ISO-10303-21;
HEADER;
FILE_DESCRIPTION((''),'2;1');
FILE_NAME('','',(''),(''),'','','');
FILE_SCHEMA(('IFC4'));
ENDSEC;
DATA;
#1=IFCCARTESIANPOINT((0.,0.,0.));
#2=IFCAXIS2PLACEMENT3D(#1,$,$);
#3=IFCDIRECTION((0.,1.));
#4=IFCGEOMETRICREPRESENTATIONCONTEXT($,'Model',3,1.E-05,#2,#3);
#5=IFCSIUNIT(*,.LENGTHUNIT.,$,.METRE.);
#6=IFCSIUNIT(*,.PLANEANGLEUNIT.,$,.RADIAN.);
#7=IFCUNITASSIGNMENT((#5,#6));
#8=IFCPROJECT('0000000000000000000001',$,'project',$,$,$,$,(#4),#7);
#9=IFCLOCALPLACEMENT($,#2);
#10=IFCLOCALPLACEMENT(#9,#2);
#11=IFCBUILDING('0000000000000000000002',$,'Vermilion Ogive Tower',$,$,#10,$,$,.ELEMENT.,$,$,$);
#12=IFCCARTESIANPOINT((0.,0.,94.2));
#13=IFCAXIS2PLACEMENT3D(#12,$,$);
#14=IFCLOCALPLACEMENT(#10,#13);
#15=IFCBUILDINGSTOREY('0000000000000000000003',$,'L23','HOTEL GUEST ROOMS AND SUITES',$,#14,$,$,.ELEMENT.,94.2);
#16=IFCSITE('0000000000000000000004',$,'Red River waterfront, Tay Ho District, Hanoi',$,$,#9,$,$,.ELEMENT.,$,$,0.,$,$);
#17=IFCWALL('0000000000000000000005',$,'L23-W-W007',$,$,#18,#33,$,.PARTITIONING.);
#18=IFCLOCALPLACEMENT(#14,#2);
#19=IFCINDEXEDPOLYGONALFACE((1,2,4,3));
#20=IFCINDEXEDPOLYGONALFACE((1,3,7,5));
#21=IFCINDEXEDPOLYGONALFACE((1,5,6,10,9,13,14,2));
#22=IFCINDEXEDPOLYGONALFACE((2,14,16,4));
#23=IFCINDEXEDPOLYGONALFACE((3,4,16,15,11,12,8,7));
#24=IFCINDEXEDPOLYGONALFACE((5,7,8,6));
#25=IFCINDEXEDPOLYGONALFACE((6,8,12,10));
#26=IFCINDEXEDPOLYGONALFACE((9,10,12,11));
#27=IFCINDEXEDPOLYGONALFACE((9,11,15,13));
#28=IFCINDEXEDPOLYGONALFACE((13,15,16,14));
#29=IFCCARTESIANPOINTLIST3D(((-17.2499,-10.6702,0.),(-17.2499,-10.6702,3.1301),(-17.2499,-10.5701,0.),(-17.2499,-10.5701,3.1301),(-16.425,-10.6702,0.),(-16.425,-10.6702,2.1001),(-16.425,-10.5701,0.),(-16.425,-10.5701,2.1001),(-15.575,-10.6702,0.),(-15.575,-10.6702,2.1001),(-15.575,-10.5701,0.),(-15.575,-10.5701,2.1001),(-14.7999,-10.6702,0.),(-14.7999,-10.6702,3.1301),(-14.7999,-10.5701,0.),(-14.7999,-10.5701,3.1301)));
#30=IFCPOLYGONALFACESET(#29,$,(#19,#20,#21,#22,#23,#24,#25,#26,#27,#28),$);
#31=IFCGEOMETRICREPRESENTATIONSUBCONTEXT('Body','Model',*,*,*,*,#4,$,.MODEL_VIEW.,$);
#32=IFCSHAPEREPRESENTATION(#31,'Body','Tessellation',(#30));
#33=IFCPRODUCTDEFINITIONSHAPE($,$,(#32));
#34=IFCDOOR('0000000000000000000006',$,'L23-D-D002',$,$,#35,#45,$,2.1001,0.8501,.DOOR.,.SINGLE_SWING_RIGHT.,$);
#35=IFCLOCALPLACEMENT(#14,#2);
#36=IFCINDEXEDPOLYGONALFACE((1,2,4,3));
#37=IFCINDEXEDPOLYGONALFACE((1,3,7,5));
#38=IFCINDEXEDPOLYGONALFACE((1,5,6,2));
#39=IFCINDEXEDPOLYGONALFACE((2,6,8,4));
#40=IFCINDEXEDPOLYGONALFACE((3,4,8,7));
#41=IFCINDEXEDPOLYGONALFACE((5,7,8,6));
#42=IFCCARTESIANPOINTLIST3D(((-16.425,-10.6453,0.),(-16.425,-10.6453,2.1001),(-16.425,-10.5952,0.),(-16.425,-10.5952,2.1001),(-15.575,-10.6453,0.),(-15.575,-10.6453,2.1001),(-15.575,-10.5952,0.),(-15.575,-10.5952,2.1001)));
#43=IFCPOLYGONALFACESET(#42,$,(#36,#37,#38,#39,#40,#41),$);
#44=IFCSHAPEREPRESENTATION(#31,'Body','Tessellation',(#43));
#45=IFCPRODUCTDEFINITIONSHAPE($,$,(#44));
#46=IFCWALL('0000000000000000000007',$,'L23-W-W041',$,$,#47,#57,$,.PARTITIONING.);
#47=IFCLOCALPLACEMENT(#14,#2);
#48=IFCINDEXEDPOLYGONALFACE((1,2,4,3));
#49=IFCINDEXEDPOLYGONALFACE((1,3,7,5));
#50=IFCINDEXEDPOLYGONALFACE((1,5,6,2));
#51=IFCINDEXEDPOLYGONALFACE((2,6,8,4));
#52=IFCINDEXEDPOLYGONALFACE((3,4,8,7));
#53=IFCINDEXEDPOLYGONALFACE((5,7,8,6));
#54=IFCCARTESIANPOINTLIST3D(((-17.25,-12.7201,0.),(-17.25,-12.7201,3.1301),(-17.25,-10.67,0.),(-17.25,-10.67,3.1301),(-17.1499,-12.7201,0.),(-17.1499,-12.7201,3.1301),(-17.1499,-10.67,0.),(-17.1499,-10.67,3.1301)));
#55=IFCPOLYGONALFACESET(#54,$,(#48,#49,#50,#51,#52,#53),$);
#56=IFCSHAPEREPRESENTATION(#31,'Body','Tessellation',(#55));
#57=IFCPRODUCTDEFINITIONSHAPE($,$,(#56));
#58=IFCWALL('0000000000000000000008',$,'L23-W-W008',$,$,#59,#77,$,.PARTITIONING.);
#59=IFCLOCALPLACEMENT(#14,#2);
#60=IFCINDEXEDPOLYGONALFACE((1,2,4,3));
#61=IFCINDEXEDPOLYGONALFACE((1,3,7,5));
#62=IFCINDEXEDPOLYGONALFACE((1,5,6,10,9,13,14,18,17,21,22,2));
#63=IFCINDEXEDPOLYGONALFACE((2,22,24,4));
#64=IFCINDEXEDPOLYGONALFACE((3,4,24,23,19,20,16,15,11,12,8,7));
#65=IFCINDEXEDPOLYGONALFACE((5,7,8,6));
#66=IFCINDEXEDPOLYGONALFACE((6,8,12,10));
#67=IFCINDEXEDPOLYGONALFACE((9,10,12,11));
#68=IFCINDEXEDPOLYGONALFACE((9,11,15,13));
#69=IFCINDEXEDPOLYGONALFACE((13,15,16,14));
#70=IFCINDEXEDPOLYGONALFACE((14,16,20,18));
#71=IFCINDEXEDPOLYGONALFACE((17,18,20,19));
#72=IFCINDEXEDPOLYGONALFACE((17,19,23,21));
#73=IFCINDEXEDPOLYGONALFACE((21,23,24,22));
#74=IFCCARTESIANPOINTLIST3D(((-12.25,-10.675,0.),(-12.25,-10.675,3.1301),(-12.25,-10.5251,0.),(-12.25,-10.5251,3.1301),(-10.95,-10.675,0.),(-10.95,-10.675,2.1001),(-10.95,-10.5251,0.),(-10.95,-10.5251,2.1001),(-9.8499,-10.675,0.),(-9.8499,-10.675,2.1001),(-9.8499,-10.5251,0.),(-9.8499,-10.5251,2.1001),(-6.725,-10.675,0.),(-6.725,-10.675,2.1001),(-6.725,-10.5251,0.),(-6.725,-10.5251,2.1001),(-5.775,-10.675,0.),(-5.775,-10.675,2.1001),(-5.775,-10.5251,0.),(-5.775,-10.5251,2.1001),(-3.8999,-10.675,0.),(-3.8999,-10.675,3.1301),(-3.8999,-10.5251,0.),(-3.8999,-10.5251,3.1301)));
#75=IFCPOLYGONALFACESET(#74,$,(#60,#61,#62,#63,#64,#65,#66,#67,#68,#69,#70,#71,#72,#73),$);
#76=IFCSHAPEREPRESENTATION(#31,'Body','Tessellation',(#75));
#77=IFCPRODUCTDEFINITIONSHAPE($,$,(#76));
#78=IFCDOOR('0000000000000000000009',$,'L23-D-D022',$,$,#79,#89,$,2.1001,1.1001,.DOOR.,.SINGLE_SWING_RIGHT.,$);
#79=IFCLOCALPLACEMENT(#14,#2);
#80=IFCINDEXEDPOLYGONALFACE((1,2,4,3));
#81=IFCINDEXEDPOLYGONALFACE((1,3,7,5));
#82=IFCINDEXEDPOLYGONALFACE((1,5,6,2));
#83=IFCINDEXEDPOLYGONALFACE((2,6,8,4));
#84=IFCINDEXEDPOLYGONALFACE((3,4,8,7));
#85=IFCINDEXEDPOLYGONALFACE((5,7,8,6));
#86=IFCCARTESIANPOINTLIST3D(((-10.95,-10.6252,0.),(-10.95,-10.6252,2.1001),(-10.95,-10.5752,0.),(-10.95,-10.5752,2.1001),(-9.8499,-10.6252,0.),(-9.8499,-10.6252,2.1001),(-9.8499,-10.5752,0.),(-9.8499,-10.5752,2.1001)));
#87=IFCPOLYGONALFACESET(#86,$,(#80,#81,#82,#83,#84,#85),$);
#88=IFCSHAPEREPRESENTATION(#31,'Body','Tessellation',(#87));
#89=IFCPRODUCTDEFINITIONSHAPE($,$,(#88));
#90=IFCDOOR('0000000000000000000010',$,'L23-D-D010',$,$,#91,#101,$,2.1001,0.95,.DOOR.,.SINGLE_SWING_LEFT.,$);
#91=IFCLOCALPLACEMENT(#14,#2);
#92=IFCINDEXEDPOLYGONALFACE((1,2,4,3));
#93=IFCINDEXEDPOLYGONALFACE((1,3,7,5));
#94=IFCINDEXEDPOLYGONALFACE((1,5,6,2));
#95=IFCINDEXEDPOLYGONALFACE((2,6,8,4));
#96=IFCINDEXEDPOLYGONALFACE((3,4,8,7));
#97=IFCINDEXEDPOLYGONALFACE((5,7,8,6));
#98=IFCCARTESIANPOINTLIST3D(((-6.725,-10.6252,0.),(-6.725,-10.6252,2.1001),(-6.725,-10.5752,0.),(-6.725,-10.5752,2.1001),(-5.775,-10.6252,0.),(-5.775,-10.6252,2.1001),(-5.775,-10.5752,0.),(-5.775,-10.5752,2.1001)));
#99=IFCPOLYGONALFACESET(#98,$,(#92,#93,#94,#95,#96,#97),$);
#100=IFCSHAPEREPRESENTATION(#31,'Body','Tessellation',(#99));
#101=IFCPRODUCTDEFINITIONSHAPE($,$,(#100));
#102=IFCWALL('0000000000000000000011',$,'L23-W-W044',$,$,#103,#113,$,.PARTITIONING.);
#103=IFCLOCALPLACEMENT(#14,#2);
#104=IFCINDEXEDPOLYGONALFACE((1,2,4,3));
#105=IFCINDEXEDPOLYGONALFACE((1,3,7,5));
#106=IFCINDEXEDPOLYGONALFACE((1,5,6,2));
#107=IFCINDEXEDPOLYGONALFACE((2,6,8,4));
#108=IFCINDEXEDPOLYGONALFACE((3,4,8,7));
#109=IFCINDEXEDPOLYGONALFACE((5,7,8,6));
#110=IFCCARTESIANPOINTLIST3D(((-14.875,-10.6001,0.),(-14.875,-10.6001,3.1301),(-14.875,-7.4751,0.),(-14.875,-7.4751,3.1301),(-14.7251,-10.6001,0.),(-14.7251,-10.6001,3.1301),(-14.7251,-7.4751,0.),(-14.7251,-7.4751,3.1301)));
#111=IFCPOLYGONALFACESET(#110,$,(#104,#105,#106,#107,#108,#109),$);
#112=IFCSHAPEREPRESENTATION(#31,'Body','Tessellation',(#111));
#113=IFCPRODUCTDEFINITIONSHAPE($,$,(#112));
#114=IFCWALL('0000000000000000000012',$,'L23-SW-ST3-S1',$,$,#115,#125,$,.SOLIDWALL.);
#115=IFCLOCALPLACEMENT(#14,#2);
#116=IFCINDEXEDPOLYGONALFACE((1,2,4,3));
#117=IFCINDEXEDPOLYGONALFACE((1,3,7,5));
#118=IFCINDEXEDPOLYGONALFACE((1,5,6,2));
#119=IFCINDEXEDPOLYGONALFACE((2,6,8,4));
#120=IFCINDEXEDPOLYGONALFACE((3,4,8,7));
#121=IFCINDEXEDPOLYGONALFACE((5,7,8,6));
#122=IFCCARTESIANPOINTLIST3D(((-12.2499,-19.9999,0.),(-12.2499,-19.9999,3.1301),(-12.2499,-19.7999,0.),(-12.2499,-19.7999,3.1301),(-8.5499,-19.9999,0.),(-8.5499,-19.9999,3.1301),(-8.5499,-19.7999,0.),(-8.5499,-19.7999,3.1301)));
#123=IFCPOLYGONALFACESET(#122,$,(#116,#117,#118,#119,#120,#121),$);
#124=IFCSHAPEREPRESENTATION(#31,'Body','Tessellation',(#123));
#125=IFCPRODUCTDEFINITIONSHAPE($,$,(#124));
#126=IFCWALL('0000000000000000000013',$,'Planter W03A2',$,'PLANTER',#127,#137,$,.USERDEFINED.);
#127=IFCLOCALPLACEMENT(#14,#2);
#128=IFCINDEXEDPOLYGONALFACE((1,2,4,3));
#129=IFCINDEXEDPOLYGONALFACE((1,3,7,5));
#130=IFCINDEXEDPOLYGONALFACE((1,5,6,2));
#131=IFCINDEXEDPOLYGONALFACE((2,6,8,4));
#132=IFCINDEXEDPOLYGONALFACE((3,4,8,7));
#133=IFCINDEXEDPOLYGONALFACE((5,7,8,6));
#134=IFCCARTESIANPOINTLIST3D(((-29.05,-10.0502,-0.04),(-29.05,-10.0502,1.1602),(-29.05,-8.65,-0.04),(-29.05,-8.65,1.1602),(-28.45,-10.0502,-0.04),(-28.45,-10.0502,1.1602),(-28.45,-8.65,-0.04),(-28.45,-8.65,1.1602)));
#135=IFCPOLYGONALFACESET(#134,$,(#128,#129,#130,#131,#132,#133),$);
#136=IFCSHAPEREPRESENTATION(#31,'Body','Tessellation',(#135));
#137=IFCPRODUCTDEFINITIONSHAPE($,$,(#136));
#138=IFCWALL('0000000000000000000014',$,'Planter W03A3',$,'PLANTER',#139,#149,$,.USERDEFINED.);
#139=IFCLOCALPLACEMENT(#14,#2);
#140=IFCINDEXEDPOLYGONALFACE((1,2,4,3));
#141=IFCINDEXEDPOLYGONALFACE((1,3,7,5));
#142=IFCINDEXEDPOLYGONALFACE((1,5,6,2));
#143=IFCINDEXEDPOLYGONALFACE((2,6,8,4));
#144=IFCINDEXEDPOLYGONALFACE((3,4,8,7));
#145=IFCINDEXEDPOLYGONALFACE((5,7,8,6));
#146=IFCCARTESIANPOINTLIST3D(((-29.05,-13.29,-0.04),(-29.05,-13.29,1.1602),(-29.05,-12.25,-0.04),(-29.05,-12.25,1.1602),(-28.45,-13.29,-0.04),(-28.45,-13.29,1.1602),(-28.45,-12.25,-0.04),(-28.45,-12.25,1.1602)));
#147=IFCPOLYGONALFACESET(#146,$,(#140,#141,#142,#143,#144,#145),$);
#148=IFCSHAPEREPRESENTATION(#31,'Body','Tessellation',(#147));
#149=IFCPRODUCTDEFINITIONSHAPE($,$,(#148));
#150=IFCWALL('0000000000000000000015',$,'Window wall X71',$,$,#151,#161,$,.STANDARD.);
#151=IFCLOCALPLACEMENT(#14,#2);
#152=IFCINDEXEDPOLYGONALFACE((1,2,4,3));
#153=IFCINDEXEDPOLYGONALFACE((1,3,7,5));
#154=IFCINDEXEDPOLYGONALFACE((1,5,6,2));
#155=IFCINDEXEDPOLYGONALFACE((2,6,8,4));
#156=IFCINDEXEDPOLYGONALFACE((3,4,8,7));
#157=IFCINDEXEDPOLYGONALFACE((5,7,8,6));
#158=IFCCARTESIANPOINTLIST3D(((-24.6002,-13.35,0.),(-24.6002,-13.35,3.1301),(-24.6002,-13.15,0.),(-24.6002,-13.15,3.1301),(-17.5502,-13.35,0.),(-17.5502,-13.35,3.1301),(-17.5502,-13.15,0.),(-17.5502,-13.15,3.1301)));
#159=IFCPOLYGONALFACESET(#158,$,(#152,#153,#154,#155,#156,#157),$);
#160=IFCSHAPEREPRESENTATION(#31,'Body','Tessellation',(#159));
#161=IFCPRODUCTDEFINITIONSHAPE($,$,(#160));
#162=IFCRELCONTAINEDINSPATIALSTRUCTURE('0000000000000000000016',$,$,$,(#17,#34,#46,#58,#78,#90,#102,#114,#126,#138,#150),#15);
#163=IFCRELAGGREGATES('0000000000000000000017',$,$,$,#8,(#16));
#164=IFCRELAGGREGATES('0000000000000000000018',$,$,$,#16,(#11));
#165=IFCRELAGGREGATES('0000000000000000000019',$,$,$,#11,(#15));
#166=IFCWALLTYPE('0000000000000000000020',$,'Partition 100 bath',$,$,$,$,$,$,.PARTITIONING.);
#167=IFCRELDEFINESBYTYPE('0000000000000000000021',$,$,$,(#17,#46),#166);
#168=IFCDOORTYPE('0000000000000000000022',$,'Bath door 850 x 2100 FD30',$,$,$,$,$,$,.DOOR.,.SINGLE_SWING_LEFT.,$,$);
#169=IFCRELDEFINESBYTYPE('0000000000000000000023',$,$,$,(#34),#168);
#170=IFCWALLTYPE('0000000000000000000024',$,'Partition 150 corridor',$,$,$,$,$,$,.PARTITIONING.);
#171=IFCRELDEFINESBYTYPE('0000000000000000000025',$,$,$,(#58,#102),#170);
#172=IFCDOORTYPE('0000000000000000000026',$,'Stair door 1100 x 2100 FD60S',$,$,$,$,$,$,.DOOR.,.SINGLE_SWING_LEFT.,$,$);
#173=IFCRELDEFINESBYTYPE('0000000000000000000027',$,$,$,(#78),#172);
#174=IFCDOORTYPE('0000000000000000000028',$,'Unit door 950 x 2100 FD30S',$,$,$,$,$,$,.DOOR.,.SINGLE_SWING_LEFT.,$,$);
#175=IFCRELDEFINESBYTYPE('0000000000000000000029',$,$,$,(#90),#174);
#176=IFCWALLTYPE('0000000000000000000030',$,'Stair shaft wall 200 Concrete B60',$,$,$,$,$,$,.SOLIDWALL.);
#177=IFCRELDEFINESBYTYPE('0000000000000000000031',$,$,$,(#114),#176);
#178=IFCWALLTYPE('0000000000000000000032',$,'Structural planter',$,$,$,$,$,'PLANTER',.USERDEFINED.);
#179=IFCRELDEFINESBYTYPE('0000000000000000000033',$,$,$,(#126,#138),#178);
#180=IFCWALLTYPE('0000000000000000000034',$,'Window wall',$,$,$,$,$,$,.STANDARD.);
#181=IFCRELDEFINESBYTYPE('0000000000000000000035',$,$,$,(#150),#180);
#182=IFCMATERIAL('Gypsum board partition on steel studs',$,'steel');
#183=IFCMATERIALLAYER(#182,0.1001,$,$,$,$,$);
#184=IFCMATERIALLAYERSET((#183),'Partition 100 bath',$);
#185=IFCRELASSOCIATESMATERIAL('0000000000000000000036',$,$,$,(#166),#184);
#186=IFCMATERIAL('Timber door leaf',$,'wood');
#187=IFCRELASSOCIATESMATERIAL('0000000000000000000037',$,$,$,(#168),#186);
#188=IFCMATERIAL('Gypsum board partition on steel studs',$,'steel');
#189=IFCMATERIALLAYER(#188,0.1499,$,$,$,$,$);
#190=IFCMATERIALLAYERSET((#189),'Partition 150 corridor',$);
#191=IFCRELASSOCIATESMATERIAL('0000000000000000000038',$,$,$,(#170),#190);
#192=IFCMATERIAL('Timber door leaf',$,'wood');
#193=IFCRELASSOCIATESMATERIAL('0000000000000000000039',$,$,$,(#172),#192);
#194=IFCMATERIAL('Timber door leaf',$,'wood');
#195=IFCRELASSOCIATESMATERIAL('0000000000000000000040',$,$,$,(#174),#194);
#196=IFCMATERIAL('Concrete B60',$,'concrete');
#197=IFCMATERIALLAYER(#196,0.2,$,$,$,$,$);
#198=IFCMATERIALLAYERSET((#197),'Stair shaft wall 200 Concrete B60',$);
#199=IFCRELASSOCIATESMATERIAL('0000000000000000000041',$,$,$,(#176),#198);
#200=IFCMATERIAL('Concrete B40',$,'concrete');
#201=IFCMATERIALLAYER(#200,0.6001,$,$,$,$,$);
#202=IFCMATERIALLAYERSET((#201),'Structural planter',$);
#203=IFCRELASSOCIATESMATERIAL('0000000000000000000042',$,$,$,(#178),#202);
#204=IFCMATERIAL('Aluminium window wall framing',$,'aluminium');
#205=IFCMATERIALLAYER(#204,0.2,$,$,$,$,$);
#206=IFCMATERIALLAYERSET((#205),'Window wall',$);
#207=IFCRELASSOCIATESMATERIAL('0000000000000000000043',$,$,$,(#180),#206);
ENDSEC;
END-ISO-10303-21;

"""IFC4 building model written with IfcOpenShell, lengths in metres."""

from ifc_helpers import new_model, si_unit, direction, frame, frame_2d, origin, place, context, subcontext, project, spatial, rectangle, extrude, material, layer, layer_set, type_object, element, fill, save


model = new_model("IFC4")

# Units and contexts
model_context = context("Model", 3, precision=1e-05, world=origin(), true_north=direction((0.0, 1.0)))
body_context = subcontext(model_context, "Body", "Model", "MODEL_VIEW")
ifc_project = project(units=[si_unit("LENGTHUNIT", "METRE"), si_unit("PLANEANGLEUNIT", "RADIAN")], contexts=[model_context])

# Site, building, storey
site_placement = place(None, origin())
site = spatial("IfcSite", under=ifc_project, at=site_placement, Name="Red River waterfront, Tay Ho District, Hanoi", CompositionType="ELEMENT", RefElevation=0.0)
building_placement = place(site_placement, origin())
building = spatial("IfcBuilding", under=site, at=building_placement, Name="Vermilion Ogive Tower", CompositionType="ELEMENT")
storey_placement = place(building_placement, frame((0.0, 0.0, 94.2)))
storey = spatial("IfcBuildingStorey", under=building, at=storey_placement, Name="L23", Description="HOTEL GUEST ROOMS AND SUITES", CompositionType="ELEMENT", Elevation=94.2)

# Wall, opening, door
ifc_material_1 = material(Name="Gypsum board partition on steel studs", Category="steel")
ifc_layer_1 = layer(ifc_material_1, 0.1001)
ifc_layer_set_1 = layer_set([ifc_layer_1], Name="Partition 100 bath")
wall_type_1 = type_object("IfcWallType", Name="Partition 100 bath", PredefinedType="PARTITIONING", material=ifc_layer_set_1)
wall_1_placement = place(storey_placement, frame((-17.25, -10.6201, 0.0), z_axis=(0.0, 0.0, 1.0), x_axis=(1.0, 0.0, 0.0)))
wall_1 = element("IfcWall", 1, at=wall_1_placement, inside=storey, type_object=wall_type_1, Name="L23-W-W007", PredefinedType="PARTITIONING", context=body_context, shape_type="SweptSolid", body=[
    extrude(rectangle(XDim=2.45, YDim=0.1001, at=frame_2d((1.2251, 0.0))), origin(), (0.0, 0.0, 1.0), 3.1301),
])
opening_1_placement = place(wall_1_placement, frame((0.825, 0.0, 0.0)))
opening_1 = element("IfcOpeningElement", 2, at=opening_1_placement, cuts=wall_1, PredefinedType="OPENING", context=body_context, shape_type="SweptSolid", body=[
    extrude(rectangle(XDim=0.8501, YDim=2.1001, at=frame_2d((0.425, 1.05))), frame((0.0, 0.0601, 0.0), z_axis=(0.0, -1.0, 0.0), x_axis=(1.0, 0.0, 0.0)), (0.0, 0.0, 1.0), 0.1201),
])
ifc_material_2 = material(Name="Timber door leaf", Category="wood")
door_type_1 = type_object("IfcDoorType", Name="Bath door 850 x 2100 FD30", OperationType="SINGLE_SWING_LEFT", PredefinedType="DOOR", material=ifc_material_2)
door_1_placement = place(opening_1_placement, origin())
door_1 = element("IfcDoor", 3, at=door_1_placement, inside=storey, type_object=door_type_1, Name="L23-D-D002", OperationType="SINGLE_SWING_RIGHT", OverallHeight=2.1001, OverallWidth=0.8501, PredefinedType="DOOR", context=body_context, shape_type="SweptSolid", body=[
    extrude(rectangle(XDim=0.8501, YDim=2.1001, at=frame_2d((0.425, 1.05))), frame((0.0, 0.0249, 0.0), z_axis=(0.0, -1.0, 0.0), x_axis=(1.0, 0.0, 0.0)), (0.0, 0.0, 1.0), 0.05),
])
fill(opening_1, door_1)

# Wall
wall_2_placement = place(storey_placement, frame((-17.2, -12.72, 0.0), z_axis=(0.0, 0.0, 1.0), x_axis=(0.0, 1.0, 0.0)))
element("IfcWall", 4, at=wall_2_placement, inside=storey, type_object=wall_type_1, Name="L23-W-W041", PredefinedType="PARTITIONING", context=body_context, shape_type="SweptSolid", body=[
    extrude(rectangle(XDim=2.05, YDim=0.1001, at=frame_2d((1.0249, 0.0))), origin(), (0.0, 0.0, 1.0), 3.1301),
])

# Wall, openings, doors
ifc_material_3 = material(Name="Gypsum board partition on steel studs", Category="steel")
ifc_layer_2 = layer(ifc_material_3, 0.1499)
ifc_layer_set_2 = layer_set([ifc_layer_2], Name="Partition 150 corridor")
wall_type_2 = type_object("IfcWallType", Name="Partition 150 corridor", PredefinedType="PARTITIONING", material=ifc_layer_set_2)
wall_3_placement = place(storey_placement, frame((-12.25, -10.6001, 0.0), z_axis=(0.0, 0.0, 1.0), x_axis=(1.0, 0.0, 0.0)))
wall_3 = element("IfcWall", 5, at=wall_3_placement, inside=storey, type_object=wall_type_2, Name="L23-W-W008", PredefinedType="PARTITIONING", context=body_context, shape_type="SweptSolid", body=[
    extrude(rectangle(XDim=8.3501, YDim=0.1499, at=frame_2d((4.175, 0.0))), origin(), (0.0, 0.0, 1.0), 3.1301),
])
opening_2_placement = place(wall_3_placement, frame((5.5249, 0.0, 0.0)))
opening_2 = element("IfcOpeningElement", 6, at=opening_2_placement, cuts=wall_3, PredefinedType="OPENING", context=body_context, shape_type="SweptSolid", body=[
    extrude(rectangle(XDim=0.95, YDim=2.1001, at=frame_2d((0.4751, 1.05))), frame((0.0, 0.085, 0.0), z_axis=(0.0, -1.0, 0.0), x_axis=(1.0, 0.0, 0.0)), (0.0, 0.0, 1.0), 0.1699),
])
opening_3_placement = place(wall_3_placement, frame((1.3, 0.0, 0.0)))
opening_3 = element("IfcOpeningElement", 7, at=opening_3_placement, cuts=wall_3, PredefinedType="OPENING", context=body_context, shape_type="SweptSolid", body=[
    extrude(rectangle(XDim=1.1001, YDim=2.1001, at=frame_2d((0.55, 1.05))), frame((0.0, 0.085, 0.0), z_axis=(0.0, -1.0, 0.0), x_axis=(1.0, 0.0, 0.0)), (0.0, 0.0, 1.0), 0.1699),
])
ifc_material_4 = material(Name="Timber door leaf", Category="wood")
door_type_2 = type_object("IfcDoorType", Name="Stair door 1100 x 2100 FD60S", OperationType="SINGLE_SWING_LEFT", PredefinedType="DOOR", material=ifc_material_4)
door_2_placement = place(opening_3_placement, origin())
door_2 = element("IfcDoor", 8, at=door_2_placement, inside=storey, type_object=door_type_2, Name="L23-D-D022", OperationType="SINGLE_SWING_RIGHT", OverallHeight=2.1001, OverallWidth=1.1001, PredefinedType="DOOR", context=body_context, shape_type="SweptSolid", body=[
    extrude(rectangle(XDim=1.1001, YDim=2.1001, at=frame_2d((0.55, 1.05))), frame((0.0, 0.0249, 0.0), z_axis=(0.0, -1.0, 0.0), x_axis=(1.0, 0.0, 0.0)), (0.0, 0.0, 1.0), 0.05),
])
fill(opening_3, door_2)
ifc_material_5 = material(Name="Timber door leaf", Category="wood")
door_type_3 = type_object("IfcDoorType", Name="Unit door 950 x 2100 FD30S", OperationType="SINGLE_SWING_LEFT", PredefinedType="DOOR", material=ifc_material_5)
door_3_placement = place(opening_2_placement, origin())
door_3 = element("IfcDoor", 9, at=door_3_placement, inside=storey, type_object=door_type_3, Name="L23-D-D010", OperationType="SINGLE_SWING_LEFT", OverallHeight=2.1001, OverallWidth=0.95, PredefinedType="DOOR", context=body_context, shape_type="SweptSolid", body=[
    extrude(rectangle(XDim=0.95, YDim=2.1001, at=frame_2d((0.4751, 1.05))), frame((0.0, 0.0249, 0.0), z_axis=(0.0, -1.0, 0.0), x_axis=(1.0, 0.0, 0.0)), (0.0, 0.0, 1.0), 0.05),
])
fill(opening_2, door_3)

# Walls
wall_4_placement = place(storey_placement, frame((-14.8, -10.6001, 0.0), z_axis=(0.0, 0.0, 1.0), x_axis=(0.0, 1.0, 0.0)))
element("IfcWall", 10, at=wall_4_placement, inside=storey, type_object=wall_type_2, Name="L23-W-W044", PredefinedType="PARTITIONING", context=body_context, shape_type="SweptSolid", body=[
    extrude(rectangle(XDim=3.125, YDim=0.1499, at=frame_2d((1.5625, 0.0))), origin(), (0.0, 0.0, 1.0), 3.1301),
])
ifc_material_6 = material(Name="Concrete B60", Category="concrete")
ifc_layer_3 = layer(ifc_material_6, 0.2)
ifc_layer_set_3 = layer_set([ifc_layer_3], Name="Stair shaft wall 200 Concrete B60")
wall_type_3 = type_object("IfcWallType", Name="Stair shaft wall 200 Concrete B60", PredefinedType="SOLIDWALL", material=ifc_layer_set_3)
wall_5_placement = place(storey_placement, frame((-12.25, -19.8999, 0.0), z_axis=(0.0, 0.0, 1.0), x_axis=(1.0, 0.0, 0.0)))
element("IfcWall", 11, at=wall_5_placement, inside=storey, type_object=wall_type_3, Name="L23-SW-ST3-S1", PredefinedType="SOLIDWALL", context=body_context, shape_type="SweptSolid", body=[
    extrude(rectangle(XDim=3.7, YDim=0.2, at=frame_2d((1.8501, 0.0))), origin(), (0.0, 0.0, 1.0), 3.1301),
])
ifc_material_7 = material(Name="Concrete B40", Category="concrete")
ifc_layer_4 = layer(ifc_material_7, 0.6001)
ifc_layer_set_4 = layer_set([ifc_layer_4], Name="Structural planter")
wall_type_4 = type_object("IfcWallType", Name="Structural planter", ElementType="PLANTER", PredefinedType="USERDEFINED", material=ifc_layer_set_4)
wall_6_placement = place(storey_placement, frame((-28.75, -8.6499, -0.04), z_axis=(0.0, 0.0, 1.0), x_axis=(0.0, -1.0, 0.0)))
element("IfcWall", 12, at=wall_6_placement, inside=storey, type_object=wall_type_4, Name="Planter W03A2", ObjectType="PLANTER", PredefinedType="USERDEFINED", context=body_context, shape_type="SweptSolid", body=[
    extrude(rectangle(XDim=1.4001, YDim=0.6001, at=frame_2d((0.7002, 0.0))), origin(), (0.0, 0.0, 1.0), 1.2002),
])
wall_7_placement = place(storey_placement, frame((-28.75, -12.25, -0.04), z_axis=(0.0, 0.0, 1.0), x_axis=(0.0, -1.0, 0.0)))
element("IfcWall", 13, at=wall_7_placement, inside=storey, type_object=wall_type_4, Name="Planter W03A3", ObjectType="PLANTER", PredefinedType="USERDEFINED", context=body_context, shape_type="SweptSolid", body=[
    extrude(rectangle(XDim=1.04, YDim=0.6001, at=frame_2d((0.52, 0.0))), origin(), (0.0, 0.0, 1.0), 1.2002),
])
ifc_material_8 = material(Name="Aluminium window wall framing", Category="aluminium")
ifc_layer_5 = layer(ifc_material_8, 0.2)
ifc_layer_set_5 = layer_set([ifc_layer_5], Name="Window wall")
wall_type_5 = type_object("IfcWallType", Name="Window wall", PredefinedType="STANDARD", material=ifc_layer_set_5)
wall_8_placement = place(storey_placement, frame((-24.6001, -13.25, 0.0), z_axis=(0.0, 0.0, 1.0), x_axis=(1.0, 0.0, 0.0)))
element("IfcWall", 14, at=wall_8_placement, inside=storey, type_object=wall_type_5, Name="Window wall X71", PredefinedType="STANDARD", context=body_context, shape_type="SweptSolid", body=[
    extrude(rectangle(XDim=7.05, YDim=0.2, at=frame_2d((3.5249, 0.0))), origin(), (0.0, 0.0, 1.0), 3.1301),
])

save(model, "model.ifc")
